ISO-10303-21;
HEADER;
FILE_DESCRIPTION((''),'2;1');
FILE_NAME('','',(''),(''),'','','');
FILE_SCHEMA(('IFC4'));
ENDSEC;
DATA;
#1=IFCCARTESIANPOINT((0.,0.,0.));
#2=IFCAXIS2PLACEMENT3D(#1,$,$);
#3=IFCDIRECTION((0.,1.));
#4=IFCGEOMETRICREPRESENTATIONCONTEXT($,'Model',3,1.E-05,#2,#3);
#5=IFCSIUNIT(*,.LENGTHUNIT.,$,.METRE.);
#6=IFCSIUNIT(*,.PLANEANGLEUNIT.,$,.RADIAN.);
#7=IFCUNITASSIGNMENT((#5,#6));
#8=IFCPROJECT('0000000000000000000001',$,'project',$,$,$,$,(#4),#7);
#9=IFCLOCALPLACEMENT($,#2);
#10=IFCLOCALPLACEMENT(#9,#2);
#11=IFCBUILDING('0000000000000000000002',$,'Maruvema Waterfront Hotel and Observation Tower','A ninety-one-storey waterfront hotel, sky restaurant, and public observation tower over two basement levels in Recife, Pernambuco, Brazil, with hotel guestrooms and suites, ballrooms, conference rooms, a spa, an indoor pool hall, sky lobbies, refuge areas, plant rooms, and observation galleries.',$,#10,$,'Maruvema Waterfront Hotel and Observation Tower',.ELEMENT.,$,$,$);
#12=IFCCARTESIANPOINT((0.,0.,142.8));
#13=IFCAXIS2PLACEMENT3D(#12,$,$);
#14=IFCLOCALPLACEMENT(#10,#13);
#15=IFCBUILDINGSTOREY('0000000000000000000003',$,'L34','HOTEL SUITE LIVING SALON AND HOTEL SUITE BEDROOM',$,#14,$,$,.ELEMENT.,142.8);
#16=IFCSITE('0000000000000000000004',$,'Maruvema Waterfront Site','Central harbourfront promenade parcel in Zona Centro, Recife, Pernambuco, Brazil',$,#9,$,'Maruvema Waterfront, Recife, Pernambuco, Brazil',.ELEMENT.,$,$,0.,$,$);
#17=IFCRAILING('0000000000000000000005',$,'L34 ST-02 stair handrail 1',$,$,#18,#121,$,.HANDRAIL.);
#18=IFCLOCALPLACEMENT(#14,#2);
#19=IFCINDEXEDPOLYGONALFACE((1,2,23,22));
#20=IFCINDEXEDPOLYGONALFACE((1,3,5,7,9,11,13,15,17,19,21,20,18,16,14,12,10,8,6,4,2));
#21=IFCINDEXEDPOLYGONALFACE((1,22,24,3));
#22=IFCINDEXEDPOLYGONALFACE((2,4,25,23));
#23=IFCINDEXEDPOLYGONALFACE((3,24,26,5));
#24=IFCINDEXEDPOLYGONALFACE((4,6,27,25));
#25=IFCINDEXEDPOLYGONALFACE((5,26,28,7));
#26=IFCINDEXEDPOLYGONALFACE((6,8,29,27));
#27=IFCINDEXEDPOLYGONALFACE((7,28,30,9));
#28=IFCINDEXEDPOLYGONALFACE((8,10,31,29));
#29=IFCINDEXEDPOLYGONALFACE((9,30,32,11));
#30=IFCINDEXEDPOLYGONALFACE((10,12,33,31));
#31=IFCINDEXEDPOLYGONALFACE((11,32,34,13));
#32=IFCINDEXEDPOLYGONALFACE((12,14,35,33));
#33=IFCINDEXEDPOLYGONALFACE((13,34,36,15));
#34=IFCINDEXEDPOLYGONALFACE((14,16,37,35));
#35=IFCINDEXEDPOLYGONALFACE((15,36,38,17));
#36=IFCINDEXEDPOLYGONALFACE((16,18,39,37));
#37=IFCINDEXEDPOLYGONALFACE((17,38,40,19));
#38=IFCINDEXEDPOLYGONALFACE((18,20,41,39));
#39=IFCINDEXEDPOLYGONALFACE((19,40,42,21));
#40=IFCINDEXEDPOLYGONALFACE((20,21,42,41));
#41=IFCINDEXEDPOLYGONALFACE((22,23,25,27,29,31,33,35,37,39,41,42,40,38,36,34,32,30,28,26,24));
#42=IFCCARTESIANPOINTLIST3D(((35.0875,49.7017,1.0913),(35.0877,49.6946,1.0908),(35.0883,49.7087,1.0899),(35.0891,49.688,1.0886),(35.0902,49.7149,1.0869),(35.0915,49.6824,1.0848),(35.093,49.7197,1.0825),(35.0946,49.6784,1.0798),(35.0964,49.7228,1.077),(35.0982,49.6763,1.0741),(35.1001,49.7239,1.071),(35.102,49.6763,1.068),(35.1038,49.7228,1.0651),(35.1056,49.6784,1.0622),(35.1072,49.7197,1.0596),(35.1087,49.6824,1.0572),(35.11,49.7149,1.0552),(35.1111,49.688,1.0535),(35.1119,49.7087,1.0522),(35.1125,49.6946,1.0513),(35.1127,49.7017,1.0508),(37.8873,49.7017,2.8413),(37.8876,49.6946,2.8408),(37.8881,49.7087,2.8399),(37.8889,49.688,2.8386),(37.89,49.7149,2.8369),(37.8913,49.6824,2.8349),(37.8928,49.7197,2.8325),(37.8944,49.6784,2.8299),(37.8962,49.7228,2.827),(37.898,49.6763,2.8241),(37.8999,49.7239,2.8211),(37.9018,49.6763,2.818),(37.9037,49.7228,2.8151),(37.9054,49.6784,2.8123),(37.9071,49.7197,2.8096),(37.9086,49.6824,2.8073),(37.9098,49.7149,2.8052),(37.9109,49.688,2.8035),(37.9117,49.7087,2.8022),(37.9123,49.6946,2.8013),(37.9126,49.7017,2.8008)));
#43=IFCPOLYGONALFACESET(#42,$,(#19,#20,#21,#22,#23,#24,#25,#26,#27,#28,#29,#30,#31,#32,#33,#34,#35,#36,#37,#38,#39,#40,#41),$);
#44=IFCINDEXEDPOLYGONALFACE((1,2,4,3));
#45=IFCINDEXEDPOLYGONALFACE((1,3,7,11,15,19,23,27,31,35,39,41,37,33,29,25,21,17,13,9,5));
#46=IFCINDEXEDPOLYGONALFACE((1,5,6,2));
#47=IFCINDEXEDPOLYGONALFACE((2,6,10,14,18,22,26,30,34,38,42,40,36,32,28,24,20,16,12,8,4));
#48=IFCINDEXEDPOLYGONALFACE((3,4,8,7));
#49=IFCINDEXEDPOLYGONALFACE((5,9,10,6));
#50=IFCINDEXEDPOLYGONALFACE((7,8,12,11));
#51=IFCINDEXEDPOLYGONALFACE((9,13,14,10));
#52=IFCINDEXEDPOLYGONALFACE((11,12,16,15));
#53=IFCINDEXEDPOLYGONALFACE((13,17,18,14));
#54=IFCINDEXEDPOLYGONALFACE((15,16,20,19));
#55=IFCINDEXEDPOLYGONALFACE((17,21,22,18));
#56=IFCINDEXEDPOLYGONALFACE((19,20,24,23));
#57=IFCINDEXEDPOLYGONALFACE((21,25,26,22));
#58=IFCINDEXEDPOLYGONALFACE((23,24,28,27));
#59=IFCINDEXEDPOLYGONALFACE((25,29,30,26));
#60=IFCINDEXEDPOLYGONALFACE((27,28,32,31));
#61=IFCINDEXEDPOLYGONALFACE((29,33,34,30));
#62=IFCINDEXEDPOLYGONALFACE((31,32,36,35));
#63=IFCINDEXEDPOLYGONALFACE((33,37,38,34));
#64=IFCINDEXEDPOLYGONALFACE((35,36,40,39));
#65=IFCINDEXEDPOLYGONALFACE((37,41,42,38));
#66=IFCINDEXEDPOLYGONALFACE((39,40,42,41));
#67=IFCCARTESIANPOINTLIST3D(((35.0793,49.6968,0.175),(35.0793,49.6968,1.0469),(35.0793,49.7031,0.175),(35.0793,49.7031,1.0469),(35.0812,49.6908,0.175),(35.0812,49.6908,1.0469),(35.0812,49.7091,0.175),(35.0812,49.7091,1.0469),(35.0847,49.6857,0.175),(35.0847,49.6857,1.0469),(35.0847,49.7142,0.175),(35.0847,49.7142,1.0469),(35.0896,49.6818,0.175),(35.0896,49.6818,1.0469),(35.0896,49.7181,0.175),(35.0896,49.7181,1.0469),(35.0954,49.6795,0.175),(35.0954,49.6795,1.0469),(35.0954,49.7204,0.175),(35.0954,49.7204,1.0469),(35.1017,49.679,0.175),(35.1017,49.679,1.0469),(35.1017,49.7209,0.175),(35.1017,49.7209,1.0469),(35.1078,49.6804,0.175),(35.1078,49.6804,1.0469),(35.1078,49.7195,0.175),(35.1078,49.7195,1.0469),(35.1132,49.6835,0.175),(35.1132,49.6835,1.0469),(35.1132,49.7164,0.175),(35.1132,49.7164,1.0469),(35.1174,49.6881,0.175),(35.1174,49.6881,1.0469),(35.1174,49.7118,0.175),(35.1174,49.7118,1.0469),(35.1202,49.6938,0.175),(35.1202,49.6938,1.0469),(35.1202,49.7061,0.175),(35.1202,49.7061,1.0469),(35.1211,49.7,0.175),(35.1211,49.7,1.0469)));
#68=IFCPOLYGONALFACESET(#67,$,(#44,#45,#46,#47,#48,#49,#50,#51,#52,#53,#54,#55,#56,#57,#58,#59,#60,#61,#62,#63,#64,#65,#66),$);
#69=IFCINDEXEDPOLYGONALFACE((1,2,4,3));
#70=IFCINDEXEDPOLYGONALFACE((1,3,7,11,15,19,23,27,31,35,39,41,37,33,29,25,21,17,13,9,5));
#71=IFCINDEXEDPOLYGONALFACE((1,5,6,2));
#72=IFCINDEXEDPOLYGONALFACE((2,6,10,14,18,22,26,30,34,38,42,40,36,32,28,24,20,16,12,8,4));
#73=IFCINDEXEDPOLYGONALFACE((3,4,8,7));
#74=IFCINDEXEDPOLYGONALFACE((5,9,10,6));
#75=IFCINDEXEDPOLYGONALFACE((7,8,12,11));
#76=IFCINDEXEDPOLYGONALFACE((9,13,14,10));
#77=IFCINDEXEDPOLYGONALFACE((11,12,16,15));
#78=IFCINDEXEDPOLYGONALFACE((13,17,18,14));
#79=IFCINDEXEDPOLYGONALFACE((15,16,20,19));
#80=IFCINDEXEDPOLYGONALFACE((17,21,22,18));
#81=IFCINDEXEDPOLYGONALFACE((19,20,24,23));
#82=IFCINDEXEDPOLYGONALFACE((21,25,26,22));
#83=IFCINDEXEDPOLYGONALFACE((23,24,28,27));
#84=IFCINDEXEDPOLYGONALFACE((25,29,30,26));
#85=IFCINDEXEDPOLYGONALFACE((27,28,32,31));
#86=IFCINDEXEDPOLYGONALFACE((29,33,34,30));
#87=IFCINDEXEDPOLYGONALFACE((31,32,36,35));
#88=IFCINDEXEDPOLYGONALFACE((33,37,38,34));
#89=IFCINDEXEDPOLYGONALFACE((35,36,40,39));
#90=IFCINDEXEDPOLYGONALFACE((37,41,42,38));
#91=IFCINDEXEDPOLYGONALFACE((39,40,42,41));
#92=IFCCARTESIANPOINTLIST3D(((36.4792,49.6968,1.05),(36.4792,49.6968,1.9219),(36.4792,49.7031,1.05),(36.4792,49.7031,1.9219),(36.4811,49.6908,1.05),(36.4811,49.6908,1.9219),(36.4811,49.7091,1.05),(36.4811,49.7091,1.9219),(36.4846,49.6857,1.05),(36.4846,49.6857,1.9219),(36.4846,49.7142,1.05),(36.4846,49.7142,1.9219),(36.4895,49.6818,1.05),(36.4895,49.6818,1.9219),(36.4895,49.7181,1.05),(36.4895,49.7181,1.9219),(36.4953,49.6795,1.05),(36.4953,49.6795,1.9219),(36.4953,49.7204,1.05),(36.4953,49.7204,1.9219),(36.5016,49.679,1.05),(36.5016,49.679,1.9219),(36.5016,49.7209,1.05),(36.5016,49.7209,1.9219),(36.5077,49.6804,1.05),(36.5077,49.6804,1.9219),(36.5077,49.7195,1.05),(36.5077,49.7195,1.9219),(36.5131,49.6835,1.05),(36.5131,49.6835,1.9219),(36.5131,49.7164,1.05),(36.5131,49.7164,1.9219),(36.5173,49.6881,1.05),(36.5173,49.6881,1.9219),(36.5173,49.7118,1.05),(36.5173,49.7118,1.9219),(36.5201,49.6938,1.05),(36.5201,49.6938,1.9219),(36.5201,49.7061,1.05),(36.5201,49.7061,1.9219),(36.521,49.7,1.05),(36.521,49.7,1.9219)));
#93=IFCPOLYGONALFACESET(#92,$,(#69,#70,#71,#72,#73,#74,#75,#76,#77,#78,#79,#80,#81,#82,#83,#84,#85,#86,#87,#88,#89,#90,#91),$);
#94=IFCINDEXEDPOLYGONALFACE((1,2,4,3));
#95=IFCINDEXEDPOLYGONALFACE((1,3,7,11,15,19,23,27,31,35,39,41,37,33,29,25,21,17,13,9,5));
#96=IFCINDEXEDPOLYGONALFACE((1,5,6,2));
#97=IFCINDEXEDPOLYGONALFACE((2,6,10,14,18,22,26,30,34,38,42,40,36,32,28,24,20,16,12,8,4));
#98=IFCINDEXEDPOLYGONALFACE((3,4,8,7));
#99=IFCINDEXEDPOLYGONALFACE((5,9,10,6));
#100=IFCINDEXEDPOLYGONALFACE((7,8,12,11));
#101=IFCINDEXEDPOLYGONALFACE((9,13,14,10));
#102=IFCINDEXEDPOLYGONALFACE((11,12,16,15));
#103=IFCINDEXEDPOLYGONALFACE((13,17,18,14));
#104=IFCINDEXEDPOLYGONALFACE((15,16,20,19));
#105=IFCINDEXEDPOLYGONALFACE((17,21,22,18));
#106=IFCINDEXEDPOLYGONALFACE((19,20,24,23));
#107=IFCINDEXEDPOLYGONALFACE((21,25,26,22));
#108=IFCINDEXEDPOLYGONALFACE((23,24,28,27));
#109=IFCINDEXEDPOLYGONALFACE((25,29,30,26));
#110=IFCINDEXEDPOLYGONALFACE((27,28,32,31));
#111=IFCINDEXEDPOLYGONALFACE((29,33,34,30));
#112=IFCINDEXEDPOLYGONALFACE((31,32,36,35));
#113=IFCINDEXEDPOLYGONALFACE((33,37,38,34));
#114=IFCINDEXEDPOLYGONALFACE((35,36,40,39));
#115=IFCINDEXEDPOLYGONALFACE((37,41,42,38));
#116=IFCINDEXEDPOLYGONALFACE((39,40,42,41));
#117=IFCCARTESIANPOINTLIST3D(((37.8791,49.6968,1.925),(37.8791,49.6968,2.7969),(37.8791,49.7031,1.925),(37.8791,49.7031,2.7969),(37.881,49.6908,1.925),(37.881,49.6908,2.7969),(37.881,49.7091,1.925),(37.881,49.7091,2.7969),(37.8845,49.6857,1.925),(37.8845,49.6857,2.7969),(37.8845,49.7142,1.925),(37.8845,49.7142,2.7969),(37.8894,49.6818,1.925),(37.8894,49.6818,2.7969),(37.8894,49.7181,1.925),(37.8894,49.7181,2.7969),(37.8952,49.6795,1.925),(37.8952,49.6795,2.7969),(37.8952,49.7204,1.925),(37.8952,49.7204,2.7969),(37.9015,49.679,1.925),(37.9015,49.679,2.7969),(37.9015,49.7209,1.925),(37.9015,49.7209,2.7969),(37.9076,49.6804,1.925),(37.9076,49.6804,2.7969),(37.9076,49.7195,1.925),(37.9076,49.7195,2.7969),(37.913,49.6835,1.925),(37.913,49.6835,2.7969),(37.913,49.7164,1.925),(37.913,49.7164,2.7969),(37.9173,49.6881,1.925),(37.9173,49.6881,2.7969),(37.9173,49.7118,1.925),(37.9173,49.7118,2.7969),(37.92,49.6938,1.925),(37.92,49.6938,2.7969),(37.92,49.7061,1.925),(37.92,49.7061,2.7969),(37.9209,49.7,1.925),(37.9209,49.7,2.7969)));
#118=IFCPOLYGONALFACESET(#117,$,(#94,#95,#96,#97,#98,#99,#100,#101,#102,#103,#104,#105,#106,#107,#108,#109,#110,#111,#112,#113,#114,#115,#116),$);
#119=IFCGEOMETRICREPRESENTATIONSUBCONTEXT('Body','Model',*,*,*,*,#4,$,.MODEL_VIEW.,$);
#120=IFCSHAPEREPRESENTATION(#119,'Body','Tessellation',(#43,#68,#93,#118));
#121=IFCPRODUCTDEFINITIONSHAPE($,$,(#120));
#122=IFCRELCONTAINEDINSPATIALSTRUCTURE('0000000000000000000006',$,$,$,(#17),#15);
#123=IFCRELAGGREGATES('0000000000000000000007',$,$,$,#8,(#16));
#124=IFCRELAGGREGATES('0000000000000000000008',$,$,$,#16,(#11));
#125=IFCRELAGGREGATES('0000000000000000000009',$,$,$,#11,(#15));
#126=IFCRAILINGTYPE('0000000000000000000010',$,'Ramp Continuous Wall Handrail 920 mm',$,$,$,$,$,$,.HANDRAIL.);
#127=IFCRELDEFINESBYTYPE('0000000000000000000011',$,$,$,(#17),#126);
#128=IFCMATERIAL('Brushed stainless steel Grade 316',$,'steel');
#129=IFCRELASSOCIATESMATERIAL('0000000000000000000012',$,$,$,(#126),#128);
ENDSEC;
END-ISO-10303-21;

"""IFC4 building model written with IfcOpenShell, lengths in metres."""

from ifc_helpers import new_model, si_unit, direction, frame, origin, origin_2d, place, context, subcontext, project, spatial, circle, extrude, material, type_object, element, save


model = new_model("IFC4")

# Units and contexts
model_context = context("Model", 3, precision=1e-05, world=origin(), true_north=direction((0.0, 1.0)))
body_context = subcontext(model_context, "Body", "Model", "MODEL_VIEW")
ifc_project = project(units=[si_unit("LENGTHUNIT", "METRE"), si_unit("PLANEANGLEUNIT", "RADIAN")], contexts=[model_context])

# Site, building, storey
site_placement = place(None, origin())
site = spatial("IfcSite", under=ifc_project, at=site_placement, Name="Maruvema Waterfront Site", Description="Central harbourfront promenade parcel in Zona Centro, Recife, Pernambuco, Brazil", LongName="Maruvema Waterfront, Recife, Pernambuco, Brazil", CompositionType="ELEMENT", RefElevation=0.0)
building_placement = place(site_placement, origin())
building = spatial("IfcBuilding", under=site, at=building_placement, Name="Maruvema Waterfront Hotel and Observation Tower", Description="A ninety-one-storey waterfront hotel, sky restaurant, and public observation tower over two basement levels in Recife, Pernambuco, Brazil, with hotel guestrooms and suites, ballrooms, conference rooms, a spa, an indoor pool hall, sky lobbies, refuge areas, plant rooms, and observation galleries.", LongName="Maruvema Waterfront Hotel and Observation Tower", CompositionType="ELEMENT")
storey_placement = place(building_placement, frame((0.0, 0.0, 142.8)))
storey = spatial("IfcBuildingStorey", under=building, at=storey_placement, Name="L34", Description="HOTEL SUITE LIVING SALON AND HOTEL SUITE BEDROOM", CompositionType="ELEMENT", Elevation=142.8)

# Railing
ifc_material_1 = material(Name="Brushed stainless steel Grade 316", Category="steel")
railing_type_1 = type_object("IfcRailingType", Name="Ramp Continuous Wall Handrail 920 mm", PredefinedType="HANDRAIL", material=ifc_material_1)
railing_1_placement = place(storey_placement, frame((35.1001, 49.7, 0.175)))
element("IfcRailing", 1, at=railing_1_placement, inside=storey, type_object=railing_type_1, Name="L34 ST-02 stair handrail 1", PredefinedType="HANDRAIL", context=body_context, shape_type="SweptSolid", body=[
    extrude(circle(Radius=0.0239, at=origin_2d()), frame((0.0, 0.0, 0.896), z_axis=(0.847982, 0.0, 0.530026), x_axis=(0.0, 1.0, 0.0)), (0.0, 0.0, 1.0), 3.3018),
    extrude(circle(Radius=0.021, at=origin_2d()), origin(), (0.0, 0.0, 1.0), 0.8718),
    extrude(circle(Radius=0.021, at=origin_2d()), frame((1.3999, 0.0, 0.875)), (0.0, 0.0, 1.0), 0.8718),
    extrude(circle(Radius=0.021, at=origin_2d()), frame((2.7998, 0.0, 1.75)), (0.0, 0.0, 1.0), 0.8718),
])

save(model, "model.ifc")
